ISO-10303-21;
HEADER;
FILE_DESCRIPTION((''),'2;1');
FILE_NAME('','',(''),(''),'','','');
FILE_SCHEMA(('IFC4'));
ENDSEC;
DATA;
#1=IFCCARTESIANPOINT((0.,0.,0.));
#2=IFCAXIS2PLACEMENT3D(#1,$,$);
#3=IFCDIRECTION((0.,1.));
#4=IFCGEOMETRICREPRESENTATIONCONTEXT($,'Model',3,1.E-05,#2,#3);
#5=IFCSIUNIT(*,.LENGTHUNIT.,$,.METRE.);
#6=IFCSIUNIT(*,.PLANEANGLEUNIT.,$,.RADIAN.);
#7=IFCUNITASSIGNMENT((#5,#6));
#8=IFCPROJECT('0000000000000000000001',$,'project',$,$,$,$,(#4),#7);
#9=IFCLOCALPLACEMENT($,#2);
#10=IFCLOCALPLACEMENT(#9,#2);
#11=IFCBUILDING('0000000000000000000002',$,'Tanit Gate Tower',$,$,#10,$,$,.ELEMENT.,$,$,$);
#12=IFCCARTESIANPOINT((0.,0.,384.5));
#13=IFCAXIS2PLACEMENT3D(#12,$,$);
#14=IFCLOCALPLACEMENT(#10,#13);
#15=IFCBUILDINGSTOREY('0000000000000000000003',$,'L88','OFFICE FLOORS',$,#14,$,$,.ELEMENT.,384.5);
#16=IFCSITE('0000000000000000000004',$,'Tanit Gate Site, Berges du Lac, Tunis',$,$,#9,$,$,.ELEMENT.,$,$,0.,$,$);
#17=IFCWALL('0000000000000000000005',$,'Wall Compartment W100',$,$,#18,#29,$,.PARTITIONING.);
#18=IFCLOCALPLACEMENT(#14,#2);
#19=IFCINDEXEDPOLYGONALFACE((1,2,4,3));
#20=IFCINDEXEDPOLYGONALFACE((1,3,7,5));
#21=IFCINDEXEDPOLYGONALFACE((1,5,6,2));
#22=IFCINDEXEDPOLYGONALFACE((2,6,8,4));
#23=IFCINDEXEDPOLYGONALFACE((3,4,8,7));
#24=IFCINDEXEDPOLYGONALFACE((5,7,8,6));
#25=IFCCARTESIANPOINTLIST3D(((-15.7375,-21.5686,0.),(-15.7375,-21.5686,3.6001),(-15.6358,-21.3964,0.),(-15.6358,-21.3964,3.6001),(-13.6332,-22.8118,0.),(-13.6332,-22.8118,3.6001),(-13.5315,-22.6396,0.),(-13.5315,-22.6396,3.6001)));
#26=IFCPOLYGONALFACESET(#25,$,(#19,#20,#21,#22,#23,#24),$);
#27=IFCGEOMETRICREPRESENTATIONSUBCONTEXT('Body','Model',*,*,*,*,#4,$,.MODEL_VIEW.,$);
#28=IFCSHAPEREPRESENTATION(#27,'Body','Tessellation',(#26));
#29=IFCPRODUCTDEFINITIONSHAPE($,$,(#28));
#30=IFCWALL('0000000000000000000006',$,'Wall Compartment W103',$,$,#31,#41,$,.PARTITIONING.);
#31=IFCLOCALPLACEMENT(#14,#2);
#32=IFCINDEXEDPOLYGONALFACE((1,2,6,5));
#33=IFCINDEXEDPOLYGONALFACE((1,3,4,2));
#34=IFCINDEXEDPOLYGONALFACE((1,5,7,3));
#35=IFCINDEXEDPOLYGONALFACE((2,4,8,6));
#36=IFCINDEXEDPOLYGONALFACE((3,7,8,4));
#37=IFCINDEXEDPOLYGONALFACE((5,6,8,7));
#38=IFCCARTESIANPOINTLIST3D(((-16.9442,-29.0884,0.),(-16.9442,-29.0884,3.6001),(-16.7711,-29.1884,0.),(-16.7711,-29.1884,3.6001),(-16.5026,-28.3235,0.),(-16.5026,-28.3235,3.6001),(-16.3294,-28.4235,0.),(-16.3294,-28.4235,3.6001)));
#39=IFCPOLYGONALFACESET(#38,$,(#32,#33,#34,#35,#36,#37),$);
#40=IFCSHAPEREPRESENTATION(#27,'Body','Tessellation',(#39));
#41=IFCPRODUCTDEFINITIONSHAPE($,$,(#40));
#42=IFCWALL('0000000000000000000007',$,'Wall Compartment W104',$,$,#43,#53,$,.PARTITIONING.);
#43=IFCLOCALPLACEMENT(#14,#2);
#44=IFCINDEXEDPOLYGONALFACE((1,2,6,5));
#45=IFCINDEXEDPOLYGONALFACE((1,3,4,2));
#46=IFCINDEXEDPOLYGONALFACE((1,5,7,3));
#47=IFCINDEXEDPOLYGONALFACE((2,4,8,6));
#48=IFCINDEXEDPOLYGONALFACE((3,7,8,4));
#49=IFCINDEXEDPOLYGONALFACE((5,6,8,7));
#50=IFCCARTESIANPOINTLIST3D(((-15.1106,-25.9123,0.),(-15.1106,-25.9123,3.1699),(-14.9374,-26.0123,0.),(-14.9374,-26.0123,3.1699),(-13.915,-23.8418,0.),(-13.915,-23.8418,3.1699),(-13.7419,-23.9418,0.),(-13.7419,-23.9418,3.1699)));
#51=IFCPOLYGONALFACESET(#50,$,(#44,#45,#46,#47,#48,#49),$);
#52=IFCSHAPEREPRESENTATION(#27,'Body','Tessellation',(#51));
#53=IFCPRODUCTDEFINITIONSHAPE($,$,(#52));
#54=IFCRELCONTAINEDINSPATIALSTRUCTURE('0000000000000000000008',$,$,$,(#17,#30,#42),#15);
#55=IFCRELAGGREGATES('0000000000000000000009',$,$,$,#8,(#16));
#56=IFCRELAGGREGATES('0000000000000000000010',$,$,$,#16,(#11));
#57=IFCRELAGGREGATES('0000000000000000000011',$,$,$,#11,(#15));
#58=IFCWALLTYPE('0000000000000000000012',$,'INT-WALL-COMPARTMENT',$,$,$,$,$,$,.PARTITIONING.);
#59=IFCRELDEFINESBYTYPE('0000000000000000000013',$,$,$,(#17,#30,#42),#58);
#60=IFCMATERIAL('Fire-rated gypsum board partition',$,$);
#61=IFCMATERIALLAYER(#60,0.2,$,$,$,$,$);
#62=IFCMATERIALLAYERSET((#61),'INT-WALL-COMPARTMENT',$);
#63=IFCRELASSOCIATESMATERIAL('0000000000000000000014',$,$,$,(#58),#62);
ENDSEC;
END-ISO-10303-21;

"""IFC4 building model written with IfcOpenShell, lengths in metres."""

from ifc_helpers import new_model, si_unit, direction, frame, frame_2d, origin, place, context, subcontext, project, spatial, rectangle, extrude, material, layer, layer_set, type_object, element, save


model = new_model("IFC4")

# Units and contexts
model_context = context("Model", 3, precision=1e-05, world=origin(), true_north=direction((0.0, 1.0)))
body_context = subcontext(model_context, "Body", "Model", "MODEL_VIEW")
ifc_project = project(units=[si_unit("LENGTHUNIT", "METRE"), si_unit("PLANEANGLEUNIT", "RADIAN")], contexts=[model_context])

# Site, building, storey
site_placement = place(None, origin())
site = spatial("IfcSite", under=ifc_project, at=site_placement, Name="Tanit Gate Site, Berges du Lac, Tunis", CompositionType="ELEMENT", RefElevation=0.0)
building_placement = place(site_placement, origin())
building = spatial("IfcBuilding", under=site, at=building_placement, Name="Tanit Gate Tower", CompositionType="ELEMENT")
storey_placement = place(building_placement, frame((0.0, 0.0, 384.5)))
storey = spatial("IfcBuildingStorey", under=building, at=storey_placement, Name="L88", Description="OFFICE FLOORS", CompositionType="ELEMENT", Elevation=384.5)

# Shared definitions
ifc_material_1 = material(Name="Fire-rated gypsum board partition")
ifc_layer_1 = layer(ifc_material_1, 0.2)
ifc_layer_set_1 = layer_set([ifc_layer_1], Name="INT-WALL-COMPARTMENT")
wall_type_1 = type_object("IfcWallType", Name="INT-WALL-COMPARTMENT", PredefinedType="PARTITIONING", material=ifc_layer_set_1)

# Walls
wall_1_placement = place(storey_placement, frame((-15.6868, -21.4824, 0.0), z_axis=(0.0, 0.0, 1.0), x_axis=(0.860972, -0.508652, 0.0)))
element("IfcWall", 1, at=wall_1_placement, inside=storey, type_object=wall_type_1, Name="Wall Compartment W100", PredefinedType="PARTITIONING", context=body_context, shape_type="SweptSolid", body=[
    extrude(rectangle(XDim=2.4441, YDim=0.2, at=frame_2d((1.2222, 0.0))), origin(), (0.0, 0.0, 1.0), 3.6001),
])
wall_2_placement = place(storey_placement, frame((-16.8577, -29.1384, 0.0), z_axis=(0.0, 0.0, 1.0), x_axis=(0.500034, 0.866006, 0.0)))
element("IfcWall", 2, at=wall_2_placement, inside=storey, type_object=wall_type_1, Name="Wall Compartment W103", PredefinedType="PARTITIONING", context=body_context, shape_type="SweptSolid", body=[
    extrude(rectangle(XDim=0.8833, YDim=0.2, at=frame_2d((0.4417, 0.0))), origin(), (0.0, 0.0, 1.0), 3.6001),
])
wall_3_placement = place(storey_placement, frame((-15.0239, -25.9622, 0.0), z_axis=(0.0, 0.0, 1.0), x_axis=(0.500038, 0.866004, 0.0)))
element("IfcWall", 3, at=wall_3_placement, inside=storey, type_object=wall_type_1, Name="Wall Compartment W104", PredefinedType="PARTITIONING", context=body_context, shape_type="SweptSolid", body=[
    extrude(rectangle(XDim=2.3909, YDim=0.2, at=frame_2d((1.1953, 0.0))), origin(), (0.0, 0.0, 1.0), 3.1699),
])

save(model, "model.ifc")
